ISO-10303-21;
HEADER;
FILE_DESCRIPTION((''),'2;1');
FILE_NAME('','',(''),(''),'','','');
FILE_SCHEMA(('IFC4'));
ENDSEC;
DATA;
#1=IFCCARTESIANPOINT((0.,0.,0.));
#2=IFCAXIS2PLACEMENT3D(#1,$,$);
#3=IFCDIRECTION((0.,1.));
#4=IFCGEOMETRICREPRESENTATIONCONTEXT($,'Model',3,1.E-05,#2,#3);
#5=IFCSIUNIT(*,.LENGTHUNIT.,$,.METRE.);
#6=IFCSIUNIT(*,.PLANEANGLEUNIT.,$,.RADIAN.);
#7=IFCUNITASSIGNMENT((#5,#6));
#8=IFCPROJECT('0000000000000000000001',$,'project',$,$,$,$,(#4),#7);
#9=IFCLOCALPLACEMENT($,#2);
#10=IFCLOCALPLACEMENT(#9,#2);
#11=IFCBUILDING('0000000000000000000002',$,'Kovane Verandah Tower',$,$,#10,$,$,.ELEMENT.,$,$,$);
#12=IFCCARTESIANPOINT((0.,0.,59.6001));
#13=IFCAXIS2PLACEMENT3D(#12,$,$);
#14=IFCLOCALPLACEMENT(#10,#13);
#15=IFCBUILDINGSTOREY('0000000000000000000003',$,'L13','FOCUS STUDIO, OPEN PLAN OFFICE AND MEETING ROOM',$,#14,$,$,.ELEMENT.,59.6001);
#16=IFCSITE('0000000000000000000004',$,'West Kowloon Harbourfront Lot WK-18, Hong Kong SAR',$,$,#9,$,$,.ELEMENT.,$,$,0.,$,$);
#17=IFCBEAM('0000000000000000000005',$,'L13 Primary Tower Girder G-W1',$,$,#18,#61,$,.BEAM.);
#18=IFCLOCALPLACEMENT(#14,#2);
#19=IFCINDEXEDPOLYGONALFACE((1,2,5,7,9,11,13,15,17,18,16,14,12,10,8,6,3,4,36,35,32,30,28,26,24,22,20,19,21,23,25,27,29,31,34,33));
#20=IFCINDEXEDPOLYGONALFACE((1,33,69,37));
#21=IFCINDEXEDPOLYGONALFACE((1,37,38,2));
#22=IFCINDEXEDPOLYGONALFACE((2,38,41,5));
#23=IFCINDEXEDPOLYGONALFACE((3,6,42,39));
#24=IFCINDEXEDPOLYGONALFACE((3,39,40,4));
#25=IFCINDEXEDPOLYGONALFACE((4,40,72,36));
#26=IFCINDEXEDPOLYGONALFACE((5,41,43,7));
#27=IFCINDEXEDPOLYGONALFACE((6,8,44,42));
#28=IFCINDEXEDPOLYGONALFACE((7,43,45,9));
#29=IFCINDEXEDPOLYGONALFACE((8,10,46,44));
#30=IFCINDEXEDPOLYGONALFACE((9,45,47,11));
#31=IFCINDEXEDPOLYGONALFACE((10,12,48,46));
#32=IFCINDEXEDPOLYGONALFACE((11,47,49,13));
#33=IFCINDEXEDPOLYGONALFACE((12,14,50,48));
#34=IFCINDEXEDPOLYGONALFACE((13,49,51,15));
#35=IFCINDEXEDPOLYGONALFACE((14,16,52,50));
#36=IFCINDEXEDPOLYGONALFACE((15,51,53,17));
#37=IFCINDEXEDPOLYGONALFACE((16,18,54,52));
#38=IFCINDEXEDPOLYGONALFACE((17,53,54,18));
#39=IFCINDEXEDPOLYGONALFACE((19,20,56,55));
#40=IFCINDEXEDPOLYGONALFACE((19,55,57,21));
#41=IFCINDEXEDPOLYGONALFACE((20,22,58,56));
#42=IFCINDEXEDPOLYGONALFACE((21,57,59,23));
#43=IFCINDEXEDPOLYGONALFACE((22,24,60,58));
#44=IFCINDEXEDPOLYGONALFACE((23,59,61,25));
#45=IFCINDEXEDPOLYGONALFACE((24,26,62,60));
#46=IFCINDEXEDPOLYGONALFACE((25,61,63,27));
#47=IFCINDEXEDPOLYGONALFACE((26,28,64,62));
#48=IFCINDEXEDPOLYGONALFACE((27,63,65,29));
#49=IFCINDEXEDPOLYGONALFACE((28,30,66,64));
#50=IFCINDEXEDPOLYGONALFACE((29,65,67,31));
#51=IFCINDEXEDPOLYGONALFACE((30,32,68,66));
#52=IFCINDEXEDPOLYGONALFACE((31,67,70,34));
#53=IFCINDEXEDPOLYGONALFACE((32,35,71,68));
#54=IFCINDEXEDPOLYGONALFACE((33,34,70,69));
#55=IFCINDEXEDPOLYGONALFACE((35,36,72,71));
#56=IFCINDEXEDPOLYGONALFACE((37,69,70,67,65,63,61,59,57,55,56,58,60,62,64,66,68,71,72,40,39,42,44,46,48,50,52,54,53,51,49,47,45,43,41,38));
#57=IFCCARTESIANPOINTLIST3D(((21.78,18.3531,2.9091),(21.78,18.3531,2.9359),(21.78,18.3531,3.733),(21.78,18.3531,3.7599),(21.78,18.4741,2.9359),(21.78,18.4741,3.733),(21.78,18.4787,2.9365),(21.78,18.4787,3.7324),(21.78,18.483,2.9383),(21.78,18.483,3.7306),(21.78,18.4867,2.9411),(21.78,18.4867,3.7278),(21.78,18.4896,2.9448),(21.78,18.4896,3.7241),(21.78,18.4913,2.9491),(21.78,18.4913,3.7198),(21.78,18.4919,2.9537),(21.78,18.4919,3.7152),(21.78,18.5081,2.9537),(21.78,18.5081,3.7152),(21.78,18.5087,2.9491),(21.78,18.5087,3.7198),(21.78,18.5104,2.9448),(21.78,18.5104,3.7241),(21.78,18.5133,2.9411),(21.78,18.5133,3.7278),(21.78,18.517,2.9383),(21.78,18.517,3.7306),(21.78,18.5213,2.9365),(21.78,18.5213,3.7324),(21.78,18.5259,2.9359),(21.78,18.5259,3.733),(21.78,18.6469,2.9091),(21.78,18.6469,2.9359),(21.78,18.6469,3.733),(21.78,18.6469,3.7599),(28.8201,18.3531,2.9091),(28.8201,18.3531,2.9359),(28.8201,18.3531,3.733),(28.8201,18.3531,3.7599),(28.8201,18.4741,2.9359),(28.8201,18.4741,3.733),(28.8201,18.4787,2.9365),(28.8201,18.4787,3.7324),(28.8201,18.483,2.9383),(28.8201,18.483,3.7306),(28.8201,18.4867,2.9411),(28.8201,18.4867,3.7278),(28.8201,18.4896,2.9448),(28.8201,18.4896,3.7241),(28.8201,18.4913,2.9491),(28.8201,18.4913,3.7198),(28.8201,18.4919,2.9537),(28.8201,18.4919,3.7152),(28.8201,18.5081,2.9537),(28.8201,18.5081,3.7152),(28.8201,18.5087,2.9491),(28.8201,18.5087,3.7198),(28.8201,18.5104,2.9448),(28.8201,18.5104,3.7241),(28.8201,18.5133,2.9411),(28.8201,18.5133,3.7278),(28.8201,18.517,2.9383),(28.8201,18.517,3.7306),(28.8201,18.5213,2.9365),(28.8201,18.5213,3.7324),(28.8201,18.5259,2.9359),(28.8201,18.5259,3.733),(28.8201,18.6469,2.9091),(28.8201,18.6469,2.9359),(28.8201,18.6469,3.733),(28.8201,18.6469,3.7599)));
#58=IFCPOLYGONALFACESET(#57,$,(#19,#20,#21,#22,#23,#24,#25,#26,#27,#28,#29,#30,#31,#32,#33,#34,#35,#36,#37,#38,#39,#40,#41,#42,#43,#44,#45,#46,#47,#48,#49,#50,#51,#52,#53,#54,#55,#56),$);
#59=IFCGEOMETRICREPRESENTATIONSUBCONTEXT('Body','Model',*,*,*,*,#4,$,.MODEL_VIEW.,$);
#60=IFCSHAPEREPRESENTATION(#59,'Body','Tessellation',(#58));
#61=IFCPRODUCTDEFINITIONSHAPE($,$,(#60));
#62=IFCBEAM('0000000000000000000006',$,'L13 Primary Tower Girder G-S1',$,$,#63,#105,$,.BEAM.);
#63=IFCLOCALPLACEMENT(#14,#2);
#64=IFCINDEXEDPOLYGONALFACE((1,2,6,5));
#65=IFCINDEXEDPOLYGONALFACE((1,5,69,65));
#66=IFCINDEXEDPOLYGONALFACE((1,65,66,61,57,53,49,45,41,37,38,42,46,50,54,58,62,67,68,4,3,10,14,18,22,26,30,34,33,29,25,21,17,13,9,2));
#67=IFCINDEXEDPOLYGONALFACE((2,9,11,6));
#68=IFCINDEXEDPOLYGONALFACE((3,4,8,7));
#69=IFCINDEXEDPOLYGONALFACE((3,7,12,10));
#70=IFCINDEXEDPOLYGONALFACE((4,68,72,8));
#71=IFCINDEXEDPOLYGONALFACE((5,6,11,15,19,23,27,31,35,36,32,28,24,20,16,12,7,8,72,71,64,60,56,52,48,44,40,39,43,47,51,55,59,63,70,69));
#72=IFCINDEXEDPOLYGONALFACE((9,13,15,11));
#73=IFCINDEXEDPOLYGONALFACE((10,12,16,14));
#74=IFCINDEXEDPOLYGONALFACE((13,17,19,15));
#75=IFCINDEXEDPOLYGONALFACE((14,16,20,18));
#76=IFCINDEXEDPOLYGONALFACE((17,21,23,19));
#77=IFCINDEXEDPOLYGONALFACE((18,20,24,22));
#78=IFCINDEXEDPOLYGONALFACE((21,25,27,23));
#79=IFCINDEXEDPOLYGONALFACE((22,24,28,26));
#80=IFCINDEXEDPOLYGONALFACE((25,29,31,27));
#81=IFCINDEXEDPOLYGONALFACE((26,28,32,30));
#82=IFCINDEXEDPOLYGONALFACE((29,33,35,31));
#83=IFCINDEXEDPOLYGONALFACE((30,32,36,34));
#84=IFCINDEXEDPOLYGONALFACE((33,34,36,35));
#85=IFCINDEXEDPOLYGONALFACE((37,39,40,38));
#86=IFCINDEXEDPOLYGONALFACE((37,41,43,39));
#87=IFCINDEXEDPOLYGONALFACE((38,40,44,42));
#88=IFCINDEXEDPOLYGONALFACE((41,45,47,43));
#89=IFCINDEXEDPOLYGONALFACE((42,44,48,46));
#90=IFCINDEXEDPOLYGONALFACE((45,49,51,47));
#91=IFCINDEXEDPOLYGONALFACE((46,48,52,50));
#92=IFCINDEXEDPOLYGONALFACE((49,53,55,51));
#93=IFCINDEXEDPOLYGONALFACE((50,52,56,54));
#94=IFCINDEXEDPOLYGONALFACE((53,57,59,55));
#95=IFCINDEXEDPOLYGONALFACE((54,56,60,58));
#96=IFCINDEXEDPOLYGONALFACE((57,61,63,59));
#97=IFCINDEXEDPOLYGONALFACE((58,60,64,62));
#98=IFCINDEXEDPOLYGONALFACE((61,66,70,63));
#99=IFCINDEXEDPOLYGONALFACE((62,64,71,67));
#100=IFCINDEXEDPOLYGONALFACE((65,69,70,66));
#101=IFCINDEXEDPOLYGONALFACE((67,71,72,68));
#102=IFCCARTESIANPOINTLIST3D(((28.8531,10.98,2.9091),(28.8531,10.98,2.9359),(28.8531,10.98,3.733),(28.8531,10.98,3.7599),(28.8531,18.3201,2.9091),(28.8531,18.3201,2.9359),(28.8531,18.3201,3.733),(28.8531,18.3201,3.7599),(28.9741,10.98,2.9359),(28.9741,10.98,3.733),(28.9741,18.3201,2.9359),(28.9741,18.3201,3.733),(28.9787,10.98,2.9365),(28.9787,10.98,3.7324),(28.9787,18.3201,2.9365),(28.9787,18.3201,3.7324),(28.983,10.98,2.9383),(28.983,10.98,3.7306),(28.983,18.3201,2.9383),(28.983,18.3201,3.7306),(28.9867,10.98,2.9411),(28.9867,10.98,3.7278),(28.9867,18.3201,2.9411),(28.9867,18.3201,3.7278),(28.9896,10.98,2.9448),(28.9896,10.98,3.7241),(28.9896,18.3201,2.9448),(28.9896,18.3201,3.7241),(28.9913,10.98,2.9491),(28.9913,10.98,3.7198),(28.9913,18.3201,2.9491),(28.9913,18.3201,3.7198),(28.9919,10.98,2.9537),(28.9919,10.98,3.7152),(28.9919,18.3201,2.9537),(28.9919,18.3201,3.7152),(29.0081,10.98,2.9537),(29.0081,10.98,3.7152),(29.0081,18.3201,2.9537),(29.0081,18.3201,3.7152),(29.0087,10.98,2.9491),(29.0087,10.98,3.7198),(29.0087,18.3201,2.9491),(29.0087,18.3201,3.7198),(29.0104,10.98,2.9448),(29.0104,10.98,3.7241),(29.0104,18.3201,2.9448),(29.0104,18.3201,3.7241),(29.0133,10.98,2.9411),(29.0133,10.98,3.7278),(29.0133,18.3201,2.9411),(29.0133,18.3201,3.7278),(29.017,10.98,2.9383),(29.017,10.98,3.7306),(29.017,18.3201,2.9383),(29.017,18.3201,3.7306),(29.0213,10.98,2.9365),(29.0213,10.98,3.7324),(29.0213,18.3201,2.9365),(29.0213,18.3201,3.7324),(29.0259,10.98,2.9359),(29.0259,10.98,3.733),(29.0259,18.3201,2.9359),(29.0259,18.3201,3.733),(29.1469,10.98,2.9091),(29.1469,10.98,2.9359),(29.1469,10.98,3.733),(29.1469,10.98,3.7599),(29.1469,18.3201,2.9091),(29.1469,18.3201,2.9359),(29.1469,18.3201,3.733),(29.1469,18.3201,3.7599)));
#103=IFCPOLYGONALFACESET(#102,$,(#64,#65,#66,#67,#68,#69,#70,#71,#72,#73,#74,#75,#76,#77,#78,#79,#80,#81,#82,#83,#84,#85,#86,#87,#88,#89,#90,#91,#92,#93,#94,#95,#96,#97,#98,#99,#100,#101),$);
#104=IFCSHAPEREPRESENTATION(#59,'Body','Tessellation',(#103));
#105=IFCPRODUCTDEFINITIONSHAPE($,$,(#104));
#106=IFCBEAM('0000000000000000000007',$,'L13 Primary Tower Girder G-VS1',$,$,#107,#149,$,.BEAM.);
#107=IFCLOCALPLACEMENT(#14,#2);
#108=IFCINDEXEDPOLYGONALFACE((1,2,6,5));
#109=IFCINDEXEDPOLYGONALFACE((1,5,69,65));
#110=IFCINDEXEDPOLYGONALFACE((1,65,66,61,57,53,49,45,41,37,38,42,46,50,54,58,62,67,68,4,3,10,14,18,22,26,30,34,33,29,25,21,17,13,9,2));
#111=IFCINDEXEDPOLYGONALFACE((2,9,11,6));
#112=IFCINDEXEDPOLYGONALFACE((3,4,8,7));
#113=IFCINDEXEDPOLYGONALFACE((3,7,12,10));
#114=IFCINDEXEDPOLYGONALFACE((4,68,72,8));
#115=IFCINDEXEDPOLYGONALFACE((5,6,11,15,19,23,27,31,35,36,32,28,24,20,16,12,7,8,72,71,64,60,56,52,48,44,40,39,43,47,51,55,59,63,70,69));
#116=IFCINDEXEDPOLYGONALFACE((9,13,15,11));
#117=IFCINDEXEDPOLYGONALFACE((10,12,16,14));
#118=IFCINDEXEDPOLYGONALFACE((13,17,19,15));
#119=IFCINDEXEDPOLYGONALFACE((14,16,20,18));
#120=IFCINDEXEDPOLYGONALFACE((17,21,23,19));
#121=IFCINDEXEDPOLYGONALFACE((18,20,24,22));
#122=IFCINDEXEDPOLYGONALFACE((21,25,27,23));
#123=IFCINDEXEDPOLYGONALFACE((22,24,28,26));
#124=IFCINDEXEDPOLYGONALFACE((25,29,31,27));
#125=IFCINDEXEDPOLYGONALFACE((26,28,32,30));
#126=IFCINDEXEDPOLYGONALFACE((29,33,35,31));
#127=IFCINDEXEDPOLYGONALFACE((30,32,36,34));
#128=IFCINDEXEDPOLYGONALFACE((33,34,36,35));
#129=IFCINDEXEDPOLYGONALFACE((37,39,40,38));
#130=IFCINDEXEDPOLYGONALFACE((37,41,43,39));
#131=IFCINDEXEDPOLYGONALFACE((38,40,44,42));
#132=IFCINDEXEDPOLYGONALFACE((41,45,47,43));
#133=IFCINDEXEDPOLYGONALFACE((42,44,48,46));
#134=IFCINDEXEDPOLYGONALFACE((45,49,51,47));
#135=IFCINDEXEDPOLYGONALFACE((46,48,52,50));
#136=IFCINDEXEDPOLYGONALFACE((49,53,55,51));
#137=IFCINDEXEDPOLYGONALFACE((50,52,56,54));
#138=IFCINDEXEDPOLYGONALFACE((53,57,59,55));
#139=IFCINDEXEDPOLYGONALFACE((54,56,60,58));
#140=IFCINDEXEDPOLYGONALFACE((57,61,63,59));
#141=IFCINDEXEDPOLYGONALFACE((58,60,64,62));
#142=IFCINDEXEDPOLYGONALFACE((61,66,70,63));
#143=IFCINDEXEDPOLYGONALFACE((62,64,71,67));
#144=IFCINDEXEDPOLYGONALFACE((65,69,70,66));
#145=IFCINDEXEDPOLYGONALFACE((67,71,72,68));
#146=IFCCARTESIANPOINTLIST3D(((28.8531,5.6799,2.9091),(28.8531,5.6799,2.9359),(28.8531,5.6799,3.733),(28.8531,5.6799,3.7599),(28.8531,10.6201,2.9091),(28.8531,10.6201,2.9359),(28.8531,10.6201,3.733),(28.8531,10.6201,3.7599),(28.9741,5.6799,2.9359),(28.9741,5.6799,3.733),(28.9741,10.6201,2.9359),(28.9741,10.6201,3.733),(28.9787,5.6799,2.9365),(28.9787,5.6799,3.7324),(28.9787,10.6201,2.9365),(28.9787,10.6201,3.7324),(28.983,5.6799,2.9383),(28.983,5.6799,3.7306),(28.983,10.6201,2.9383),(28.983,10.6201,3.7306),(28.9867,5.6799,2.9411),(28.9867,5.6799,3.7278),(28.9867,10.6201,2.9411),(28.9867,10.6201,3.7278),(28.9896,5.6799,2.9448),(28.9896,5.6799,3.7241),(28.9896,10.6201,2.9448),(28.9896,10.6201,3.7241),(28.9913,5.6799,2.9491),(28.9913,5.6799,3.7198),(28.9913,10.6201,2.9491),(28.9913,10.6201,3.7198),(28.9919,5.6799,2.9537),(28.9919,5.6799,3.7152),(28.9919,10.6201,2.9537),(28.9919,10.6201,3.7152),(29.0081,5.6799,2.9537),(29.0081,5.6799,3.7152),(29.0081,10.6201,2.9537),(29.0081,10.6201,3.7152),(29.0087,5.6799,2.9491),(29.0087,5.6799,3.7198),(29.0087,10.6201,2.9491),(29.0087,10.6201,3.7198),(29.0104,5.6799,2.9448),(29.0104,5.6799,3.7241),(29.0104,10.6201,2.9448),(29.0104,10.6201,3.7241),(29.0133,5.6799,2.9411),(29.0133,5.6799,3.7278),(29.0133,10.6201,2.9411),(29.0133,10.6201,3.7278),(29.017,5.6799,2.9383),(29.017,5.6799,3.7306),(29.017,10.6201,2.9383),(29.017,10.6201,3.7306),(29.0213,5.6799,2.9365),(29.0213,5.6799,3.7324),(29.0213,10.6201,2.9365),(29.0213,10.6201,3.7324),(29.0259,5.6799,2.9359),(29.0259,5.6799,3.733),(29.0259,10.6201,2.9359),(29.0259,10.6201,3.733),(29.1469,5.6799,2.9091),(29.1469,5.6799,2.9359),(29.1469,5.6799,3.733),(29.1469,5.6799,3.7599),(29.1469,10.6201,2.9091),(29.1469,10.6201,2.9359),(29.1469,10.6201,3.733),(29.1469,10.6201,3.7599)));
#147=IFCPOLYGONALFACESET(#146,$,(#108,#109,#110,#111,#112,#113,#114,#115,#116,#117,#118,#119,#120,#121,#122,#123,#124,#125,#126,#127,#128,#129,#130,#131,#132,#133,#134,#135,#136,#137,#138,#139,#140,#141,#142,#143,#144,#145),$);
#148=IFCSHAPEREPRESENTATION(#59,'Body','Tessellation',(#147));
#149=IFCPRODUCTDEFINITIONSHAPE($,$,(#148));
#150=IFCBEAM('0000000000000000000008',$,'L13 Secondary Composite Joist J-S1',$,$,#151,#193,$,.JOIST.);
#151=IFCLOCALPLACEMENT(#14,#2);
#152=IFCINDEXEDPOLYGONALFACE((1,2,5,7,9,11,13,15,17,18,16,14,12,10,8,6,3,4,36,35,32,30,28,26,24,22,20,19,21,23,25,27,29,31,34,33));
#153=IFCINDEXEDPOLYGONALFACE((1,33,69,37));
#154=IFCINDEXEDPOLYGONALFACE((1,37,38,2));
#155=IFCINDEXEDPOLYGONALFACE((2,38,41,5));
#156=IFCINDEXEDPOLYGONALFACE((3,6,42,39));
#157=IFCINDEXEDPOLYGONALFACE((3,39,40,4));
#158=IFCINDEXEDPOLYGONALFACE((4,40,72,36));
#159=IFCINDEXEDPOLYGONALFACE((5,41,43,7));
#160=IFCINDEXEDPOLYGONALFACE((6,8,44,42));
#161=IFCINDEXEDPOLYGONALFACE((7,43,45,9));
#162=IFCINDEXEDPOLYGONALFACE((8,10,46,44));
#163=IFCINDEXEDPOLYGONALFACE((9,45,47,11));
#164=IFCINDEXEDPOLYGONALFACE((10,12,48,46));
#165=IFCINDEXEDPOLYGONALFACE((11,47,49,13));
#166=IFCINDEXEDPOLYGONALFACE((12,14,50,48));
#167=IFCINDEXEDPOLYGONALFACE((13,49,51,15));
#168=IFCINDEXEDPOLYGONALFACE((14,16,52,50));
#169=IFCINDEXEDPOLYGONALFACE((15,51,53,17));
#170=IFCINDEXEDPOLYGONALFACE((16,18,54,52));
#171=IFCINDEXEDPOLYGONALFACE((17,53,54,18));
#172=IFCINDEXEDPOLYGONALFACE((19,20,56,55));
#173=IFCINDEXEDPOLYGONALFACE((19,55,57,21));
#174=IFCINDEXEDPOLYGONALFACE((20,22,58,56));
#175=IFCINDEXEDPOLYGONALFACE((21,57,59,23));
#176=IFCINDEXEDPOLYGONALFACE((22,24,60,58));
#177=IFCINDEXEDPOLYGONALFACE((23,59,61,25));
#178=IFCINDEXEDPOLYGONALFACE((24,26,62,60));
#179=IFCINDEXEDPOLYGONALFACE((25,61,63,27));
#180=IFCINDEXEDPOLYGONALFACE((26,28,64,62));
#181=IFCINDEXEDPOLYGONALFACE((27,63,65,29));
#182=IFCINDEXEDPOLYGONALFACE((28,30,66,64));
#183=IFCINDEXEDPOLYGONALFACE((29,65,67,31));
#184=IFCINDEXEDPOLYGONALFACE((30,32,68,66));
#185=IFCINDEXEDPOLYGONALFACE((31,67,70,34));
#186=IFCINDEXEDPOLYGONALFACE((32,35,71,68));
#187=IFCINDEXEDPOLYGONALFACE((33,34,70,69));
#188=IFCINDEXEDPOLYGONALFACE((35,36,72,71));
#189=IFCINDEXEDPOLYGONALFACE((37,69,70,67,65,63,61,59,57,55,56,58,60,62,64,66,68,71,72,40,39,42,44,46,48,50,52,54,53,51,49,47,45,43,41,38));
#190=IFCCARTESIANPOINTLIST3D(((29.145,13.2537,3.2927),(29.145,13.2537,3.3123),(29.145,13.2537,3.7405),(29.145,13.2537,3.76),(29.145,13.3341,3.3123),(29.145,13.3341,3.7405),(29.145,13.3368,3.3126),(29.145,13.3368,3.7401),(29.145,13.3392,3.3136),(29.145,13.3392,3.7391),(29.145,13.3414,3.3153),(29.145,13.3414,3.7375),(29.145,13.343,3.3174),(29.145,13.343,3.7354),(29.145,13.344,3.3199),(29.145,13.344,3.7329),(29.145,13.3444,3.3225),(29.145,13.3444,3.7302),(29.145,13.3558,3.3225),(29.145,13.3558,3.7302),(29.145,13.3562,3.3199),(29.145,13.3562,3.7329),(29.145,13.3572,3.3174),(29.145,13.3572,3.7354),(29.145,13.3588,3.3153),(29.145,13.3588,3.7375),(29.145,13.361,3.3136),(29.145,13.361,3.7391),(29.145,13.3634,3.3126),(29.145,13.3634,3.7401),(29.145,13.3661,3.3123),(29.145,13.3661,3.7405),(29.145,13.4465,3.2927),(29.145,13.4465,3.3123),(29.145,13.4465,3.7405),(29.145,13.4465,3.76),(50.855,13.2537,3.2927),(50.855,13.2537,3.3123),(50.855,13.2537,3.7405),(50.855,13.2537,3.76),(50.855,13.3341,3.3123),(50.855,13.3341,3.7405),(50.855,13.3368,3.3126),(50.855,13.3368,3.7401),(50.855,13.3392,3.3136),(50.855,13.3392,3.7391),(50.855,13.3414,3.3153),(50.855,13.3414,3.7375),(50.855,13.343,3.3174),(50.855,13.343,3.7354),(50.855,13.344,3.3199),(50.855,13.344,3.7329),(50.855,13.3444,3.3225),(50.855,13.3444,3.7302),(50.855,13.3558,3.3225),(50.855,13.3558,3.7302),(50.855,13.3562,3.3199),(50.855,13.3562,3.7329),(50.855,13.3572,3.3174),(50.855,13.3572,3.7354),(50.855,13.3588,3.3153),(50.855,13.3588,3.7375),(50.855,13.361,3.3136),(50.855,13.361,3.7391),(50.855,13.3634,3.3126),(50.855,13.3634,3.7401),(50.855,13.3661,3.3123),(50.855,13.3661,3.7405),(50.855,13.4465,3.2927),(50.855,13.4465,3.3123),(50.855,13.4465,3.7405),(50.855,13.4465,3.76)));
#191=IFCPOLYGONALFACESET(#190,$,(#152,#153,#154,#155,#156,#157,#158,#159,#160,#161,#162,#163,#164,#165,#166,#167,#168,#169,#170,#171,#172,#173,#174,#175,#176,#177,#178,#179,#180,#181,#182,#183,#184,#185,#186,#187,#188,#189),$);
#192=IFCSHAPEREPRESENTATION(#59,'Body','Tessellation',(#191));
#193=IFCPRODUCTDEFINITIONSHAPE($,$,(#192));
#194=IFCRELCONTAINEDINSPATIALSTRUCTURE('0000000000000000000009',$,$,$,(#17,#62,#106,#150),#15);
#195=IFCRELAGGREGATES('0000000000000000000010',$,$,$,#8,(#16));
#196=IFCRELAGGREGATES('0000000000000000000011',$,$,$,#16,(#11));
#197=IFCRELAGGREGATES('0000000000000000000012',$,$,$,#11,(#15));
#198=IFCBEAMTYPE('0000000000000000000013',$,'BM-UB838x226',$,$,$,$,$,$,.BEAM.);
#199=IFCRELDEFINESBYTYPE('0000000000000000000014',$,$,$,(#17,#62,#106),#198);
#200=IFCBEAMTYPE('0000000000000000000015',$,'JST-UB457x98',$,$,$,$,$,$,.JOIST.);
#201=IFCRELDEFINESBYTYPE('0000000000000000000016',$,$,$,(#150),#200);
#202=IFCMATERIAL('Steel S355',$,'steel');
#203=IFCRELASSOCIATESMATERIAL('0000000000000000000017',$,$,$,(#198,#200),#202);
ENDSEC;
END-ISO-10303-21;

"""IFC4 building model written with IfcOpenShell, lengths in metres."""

from ifc_helpers import new_model, si_unit, direction, frame, origin, origin_2d, place, context, subcontext, project, spatial, i_section, extrude, material, material_profile, profile_set, type_object, element, save


model = new_model("IFC4")

# Units and contexts
model_context = context("Model", 3, precision=1e-05, world=origin(), true_north=direction((0.0, 1.0)))
body_context = subcontext(model_context, "Body", "Model", "MODEL_VIEW")
ifc_project = project(units=[si_unit("LENGTHUNIT", "METRE"), si_unit("PLANEANGLEUNIT", "RADIAN")], contexts=[model_context])

# Site, building, storey
site_placement = place(None, origin())
site = spatial("IfcSite", under=ifc_project, at=site_placement, Name="West Kowloon Harbourfront Lot WK-18, Hong Kong SAR", CompositionType="ELEMENT", RefElevation=0.0)
building_placement = place(site_placement, origin())
building = spatial("IfcBuilding", under=site, at=building_placement, Name="Kovane Verandah Tower", CompositionType="ELEMENT")
storey_placement = place(building_placement, frame((0.0, 0.0, 59.6001)))
storey = spatial("IfcBuildingStorey", under=building, at=storey_placement, Name="L13", Description="FOCUS STUDIO, OPEN PLAN OFFICE AND MEETING ROOM", CompositionType="ELEMENT", Elevation=59.6001)

# Beams
ifc_material_1 = material(Name="Steel S355", Category="steel")
ifc_material_profile_1 = material_profile(ifc_material_1, i_section(OverallWidth=0.2937, OverallDepth=0.8508, WebThickness=0.0161, FlangeThickness=0.0269, FilletRadius=0.0178, at=origin_2d()), Name="UB838x292x226")
ifc_profile_set_1 = profile_set([ifc_material_profile_1], Name="Steel S355")
beam_type_1 = type_object("IfcBeamType", Name="BM-UB838x226", PredefinedType="BEAM", material=ifc_profile_set_1)
beam_1_placement = place(storey_placement, frame((28.8201, 18.5, 3.3345), z_axis=(-1.0, 0.0, 0.0), x_axis=(0.0, -1.0, 0.0)))
element("IfcBeam", 1, at=beam_1_placement, inside=storey, type_object=beam_type_1, Name="L13 Primary Tower Girder G-W1", PredefinedType="BEAM", context=body_context, shape_type="SweptSolid", body=[
    extrude(i_section(OverallWidth=0.2937, OverallDepth=0.8508, WebThickness=0.0161, FlangeThickness=0.0269, FilletRadius=0.0178, at=origin_2d()), origin(), (0.0, 0.0, 1.0), 7.04),
])
beam_2_placement = place(storey_placement, frame((29.0, 18.3201, 3.3345), z_axis=(0.0, -1.0, 0.0), x_axis=(1.0, 0.0, 0.0)))
element("IfcBeam", 2, at=beam_2_placement, inside=storey, type_object=beam_type_1, Name="L13 Primary Tower Girder G-S1", PredefinedType="BEAM", context=body_context, shape_type="SweptSolid", body=[
    extrude(i_section(OverallWidth=0.2937, OverallDepth=0.8508, WebThickness=0.0161, FlangeThickness=0.0269, FilletRadius=0.0178, at=origin_2d()), origin(), (0.0, 0.0, 1.0), 7.3401),
])
beam_3_placement = place(storey_placement, frame((29.0, 10.6201, 3.3345), z_axis=(0.0, -1.0, 0.0), x_axis=(1.0, 0.0, 0.0)))
element("IfcBeam", 3, at=beam_3_placement, inside=storey, type_object=beam_type_1, Name="L13 Primary Tower Girder G-VS1", PredefinedType="BEAM", context=body_context, shape_type="SweptSolid", body=[
    extrude(i_section(OverallWidth=0.2937, OverallDepth=0.8508, WebThickness=0.0161, FlangeThickness=0.0269, FilletRadius=0.0178, at=origin_2d()), origin(), (0.0, 0.0, 1.0), 4.9402),
])
ifc_material_profile_2 = material_profile(ifc_material_1, i_section(OverallWidth=0.1929, OverallDepth=0.4673, WebThickness=0.0115, FlangeThickness=0.0195, FilletRadius=0.0103, at=origin_2d()), Name="UB457x191x98")
ifc_profile_set_2 = profile_set([ifc_material_profile_2], Name="Steel S355")
beam_type_2 = type_object("IfcBeamType", Name="JST-UB457x98", PredefinedType="JOIST", material=ifc_profile_set_2)
for number, where, z_axis, x_axis, name in (
    (4, (29.145, 13.3501, 3.5264), (1.0, 0.0, 0.0), (0.0, 1.0, 0.0), "L13 Secondary Composite Joist J-S1"),
):
    element("IfcBeam", number, at=place(storey_placement, frame(where, z_axis=z_axis, x_axis=x_axis)), inside=storey, type_object=beam_type_2, Name=name, PredefinedType="JOIST", context=body_context, shape_type="SweptSolid", body=[
        extrude(i_section(OverallWidth=0.1929, OverallDepth=0.4673, WebThickness=0.0115, FlangeThickness=0.0195, FilletRadius=0.0103, at=origin_2d()), origin(), (0.0, 0.0, 1.0), 21.71),
    ])

save(model, "model.ifc")
